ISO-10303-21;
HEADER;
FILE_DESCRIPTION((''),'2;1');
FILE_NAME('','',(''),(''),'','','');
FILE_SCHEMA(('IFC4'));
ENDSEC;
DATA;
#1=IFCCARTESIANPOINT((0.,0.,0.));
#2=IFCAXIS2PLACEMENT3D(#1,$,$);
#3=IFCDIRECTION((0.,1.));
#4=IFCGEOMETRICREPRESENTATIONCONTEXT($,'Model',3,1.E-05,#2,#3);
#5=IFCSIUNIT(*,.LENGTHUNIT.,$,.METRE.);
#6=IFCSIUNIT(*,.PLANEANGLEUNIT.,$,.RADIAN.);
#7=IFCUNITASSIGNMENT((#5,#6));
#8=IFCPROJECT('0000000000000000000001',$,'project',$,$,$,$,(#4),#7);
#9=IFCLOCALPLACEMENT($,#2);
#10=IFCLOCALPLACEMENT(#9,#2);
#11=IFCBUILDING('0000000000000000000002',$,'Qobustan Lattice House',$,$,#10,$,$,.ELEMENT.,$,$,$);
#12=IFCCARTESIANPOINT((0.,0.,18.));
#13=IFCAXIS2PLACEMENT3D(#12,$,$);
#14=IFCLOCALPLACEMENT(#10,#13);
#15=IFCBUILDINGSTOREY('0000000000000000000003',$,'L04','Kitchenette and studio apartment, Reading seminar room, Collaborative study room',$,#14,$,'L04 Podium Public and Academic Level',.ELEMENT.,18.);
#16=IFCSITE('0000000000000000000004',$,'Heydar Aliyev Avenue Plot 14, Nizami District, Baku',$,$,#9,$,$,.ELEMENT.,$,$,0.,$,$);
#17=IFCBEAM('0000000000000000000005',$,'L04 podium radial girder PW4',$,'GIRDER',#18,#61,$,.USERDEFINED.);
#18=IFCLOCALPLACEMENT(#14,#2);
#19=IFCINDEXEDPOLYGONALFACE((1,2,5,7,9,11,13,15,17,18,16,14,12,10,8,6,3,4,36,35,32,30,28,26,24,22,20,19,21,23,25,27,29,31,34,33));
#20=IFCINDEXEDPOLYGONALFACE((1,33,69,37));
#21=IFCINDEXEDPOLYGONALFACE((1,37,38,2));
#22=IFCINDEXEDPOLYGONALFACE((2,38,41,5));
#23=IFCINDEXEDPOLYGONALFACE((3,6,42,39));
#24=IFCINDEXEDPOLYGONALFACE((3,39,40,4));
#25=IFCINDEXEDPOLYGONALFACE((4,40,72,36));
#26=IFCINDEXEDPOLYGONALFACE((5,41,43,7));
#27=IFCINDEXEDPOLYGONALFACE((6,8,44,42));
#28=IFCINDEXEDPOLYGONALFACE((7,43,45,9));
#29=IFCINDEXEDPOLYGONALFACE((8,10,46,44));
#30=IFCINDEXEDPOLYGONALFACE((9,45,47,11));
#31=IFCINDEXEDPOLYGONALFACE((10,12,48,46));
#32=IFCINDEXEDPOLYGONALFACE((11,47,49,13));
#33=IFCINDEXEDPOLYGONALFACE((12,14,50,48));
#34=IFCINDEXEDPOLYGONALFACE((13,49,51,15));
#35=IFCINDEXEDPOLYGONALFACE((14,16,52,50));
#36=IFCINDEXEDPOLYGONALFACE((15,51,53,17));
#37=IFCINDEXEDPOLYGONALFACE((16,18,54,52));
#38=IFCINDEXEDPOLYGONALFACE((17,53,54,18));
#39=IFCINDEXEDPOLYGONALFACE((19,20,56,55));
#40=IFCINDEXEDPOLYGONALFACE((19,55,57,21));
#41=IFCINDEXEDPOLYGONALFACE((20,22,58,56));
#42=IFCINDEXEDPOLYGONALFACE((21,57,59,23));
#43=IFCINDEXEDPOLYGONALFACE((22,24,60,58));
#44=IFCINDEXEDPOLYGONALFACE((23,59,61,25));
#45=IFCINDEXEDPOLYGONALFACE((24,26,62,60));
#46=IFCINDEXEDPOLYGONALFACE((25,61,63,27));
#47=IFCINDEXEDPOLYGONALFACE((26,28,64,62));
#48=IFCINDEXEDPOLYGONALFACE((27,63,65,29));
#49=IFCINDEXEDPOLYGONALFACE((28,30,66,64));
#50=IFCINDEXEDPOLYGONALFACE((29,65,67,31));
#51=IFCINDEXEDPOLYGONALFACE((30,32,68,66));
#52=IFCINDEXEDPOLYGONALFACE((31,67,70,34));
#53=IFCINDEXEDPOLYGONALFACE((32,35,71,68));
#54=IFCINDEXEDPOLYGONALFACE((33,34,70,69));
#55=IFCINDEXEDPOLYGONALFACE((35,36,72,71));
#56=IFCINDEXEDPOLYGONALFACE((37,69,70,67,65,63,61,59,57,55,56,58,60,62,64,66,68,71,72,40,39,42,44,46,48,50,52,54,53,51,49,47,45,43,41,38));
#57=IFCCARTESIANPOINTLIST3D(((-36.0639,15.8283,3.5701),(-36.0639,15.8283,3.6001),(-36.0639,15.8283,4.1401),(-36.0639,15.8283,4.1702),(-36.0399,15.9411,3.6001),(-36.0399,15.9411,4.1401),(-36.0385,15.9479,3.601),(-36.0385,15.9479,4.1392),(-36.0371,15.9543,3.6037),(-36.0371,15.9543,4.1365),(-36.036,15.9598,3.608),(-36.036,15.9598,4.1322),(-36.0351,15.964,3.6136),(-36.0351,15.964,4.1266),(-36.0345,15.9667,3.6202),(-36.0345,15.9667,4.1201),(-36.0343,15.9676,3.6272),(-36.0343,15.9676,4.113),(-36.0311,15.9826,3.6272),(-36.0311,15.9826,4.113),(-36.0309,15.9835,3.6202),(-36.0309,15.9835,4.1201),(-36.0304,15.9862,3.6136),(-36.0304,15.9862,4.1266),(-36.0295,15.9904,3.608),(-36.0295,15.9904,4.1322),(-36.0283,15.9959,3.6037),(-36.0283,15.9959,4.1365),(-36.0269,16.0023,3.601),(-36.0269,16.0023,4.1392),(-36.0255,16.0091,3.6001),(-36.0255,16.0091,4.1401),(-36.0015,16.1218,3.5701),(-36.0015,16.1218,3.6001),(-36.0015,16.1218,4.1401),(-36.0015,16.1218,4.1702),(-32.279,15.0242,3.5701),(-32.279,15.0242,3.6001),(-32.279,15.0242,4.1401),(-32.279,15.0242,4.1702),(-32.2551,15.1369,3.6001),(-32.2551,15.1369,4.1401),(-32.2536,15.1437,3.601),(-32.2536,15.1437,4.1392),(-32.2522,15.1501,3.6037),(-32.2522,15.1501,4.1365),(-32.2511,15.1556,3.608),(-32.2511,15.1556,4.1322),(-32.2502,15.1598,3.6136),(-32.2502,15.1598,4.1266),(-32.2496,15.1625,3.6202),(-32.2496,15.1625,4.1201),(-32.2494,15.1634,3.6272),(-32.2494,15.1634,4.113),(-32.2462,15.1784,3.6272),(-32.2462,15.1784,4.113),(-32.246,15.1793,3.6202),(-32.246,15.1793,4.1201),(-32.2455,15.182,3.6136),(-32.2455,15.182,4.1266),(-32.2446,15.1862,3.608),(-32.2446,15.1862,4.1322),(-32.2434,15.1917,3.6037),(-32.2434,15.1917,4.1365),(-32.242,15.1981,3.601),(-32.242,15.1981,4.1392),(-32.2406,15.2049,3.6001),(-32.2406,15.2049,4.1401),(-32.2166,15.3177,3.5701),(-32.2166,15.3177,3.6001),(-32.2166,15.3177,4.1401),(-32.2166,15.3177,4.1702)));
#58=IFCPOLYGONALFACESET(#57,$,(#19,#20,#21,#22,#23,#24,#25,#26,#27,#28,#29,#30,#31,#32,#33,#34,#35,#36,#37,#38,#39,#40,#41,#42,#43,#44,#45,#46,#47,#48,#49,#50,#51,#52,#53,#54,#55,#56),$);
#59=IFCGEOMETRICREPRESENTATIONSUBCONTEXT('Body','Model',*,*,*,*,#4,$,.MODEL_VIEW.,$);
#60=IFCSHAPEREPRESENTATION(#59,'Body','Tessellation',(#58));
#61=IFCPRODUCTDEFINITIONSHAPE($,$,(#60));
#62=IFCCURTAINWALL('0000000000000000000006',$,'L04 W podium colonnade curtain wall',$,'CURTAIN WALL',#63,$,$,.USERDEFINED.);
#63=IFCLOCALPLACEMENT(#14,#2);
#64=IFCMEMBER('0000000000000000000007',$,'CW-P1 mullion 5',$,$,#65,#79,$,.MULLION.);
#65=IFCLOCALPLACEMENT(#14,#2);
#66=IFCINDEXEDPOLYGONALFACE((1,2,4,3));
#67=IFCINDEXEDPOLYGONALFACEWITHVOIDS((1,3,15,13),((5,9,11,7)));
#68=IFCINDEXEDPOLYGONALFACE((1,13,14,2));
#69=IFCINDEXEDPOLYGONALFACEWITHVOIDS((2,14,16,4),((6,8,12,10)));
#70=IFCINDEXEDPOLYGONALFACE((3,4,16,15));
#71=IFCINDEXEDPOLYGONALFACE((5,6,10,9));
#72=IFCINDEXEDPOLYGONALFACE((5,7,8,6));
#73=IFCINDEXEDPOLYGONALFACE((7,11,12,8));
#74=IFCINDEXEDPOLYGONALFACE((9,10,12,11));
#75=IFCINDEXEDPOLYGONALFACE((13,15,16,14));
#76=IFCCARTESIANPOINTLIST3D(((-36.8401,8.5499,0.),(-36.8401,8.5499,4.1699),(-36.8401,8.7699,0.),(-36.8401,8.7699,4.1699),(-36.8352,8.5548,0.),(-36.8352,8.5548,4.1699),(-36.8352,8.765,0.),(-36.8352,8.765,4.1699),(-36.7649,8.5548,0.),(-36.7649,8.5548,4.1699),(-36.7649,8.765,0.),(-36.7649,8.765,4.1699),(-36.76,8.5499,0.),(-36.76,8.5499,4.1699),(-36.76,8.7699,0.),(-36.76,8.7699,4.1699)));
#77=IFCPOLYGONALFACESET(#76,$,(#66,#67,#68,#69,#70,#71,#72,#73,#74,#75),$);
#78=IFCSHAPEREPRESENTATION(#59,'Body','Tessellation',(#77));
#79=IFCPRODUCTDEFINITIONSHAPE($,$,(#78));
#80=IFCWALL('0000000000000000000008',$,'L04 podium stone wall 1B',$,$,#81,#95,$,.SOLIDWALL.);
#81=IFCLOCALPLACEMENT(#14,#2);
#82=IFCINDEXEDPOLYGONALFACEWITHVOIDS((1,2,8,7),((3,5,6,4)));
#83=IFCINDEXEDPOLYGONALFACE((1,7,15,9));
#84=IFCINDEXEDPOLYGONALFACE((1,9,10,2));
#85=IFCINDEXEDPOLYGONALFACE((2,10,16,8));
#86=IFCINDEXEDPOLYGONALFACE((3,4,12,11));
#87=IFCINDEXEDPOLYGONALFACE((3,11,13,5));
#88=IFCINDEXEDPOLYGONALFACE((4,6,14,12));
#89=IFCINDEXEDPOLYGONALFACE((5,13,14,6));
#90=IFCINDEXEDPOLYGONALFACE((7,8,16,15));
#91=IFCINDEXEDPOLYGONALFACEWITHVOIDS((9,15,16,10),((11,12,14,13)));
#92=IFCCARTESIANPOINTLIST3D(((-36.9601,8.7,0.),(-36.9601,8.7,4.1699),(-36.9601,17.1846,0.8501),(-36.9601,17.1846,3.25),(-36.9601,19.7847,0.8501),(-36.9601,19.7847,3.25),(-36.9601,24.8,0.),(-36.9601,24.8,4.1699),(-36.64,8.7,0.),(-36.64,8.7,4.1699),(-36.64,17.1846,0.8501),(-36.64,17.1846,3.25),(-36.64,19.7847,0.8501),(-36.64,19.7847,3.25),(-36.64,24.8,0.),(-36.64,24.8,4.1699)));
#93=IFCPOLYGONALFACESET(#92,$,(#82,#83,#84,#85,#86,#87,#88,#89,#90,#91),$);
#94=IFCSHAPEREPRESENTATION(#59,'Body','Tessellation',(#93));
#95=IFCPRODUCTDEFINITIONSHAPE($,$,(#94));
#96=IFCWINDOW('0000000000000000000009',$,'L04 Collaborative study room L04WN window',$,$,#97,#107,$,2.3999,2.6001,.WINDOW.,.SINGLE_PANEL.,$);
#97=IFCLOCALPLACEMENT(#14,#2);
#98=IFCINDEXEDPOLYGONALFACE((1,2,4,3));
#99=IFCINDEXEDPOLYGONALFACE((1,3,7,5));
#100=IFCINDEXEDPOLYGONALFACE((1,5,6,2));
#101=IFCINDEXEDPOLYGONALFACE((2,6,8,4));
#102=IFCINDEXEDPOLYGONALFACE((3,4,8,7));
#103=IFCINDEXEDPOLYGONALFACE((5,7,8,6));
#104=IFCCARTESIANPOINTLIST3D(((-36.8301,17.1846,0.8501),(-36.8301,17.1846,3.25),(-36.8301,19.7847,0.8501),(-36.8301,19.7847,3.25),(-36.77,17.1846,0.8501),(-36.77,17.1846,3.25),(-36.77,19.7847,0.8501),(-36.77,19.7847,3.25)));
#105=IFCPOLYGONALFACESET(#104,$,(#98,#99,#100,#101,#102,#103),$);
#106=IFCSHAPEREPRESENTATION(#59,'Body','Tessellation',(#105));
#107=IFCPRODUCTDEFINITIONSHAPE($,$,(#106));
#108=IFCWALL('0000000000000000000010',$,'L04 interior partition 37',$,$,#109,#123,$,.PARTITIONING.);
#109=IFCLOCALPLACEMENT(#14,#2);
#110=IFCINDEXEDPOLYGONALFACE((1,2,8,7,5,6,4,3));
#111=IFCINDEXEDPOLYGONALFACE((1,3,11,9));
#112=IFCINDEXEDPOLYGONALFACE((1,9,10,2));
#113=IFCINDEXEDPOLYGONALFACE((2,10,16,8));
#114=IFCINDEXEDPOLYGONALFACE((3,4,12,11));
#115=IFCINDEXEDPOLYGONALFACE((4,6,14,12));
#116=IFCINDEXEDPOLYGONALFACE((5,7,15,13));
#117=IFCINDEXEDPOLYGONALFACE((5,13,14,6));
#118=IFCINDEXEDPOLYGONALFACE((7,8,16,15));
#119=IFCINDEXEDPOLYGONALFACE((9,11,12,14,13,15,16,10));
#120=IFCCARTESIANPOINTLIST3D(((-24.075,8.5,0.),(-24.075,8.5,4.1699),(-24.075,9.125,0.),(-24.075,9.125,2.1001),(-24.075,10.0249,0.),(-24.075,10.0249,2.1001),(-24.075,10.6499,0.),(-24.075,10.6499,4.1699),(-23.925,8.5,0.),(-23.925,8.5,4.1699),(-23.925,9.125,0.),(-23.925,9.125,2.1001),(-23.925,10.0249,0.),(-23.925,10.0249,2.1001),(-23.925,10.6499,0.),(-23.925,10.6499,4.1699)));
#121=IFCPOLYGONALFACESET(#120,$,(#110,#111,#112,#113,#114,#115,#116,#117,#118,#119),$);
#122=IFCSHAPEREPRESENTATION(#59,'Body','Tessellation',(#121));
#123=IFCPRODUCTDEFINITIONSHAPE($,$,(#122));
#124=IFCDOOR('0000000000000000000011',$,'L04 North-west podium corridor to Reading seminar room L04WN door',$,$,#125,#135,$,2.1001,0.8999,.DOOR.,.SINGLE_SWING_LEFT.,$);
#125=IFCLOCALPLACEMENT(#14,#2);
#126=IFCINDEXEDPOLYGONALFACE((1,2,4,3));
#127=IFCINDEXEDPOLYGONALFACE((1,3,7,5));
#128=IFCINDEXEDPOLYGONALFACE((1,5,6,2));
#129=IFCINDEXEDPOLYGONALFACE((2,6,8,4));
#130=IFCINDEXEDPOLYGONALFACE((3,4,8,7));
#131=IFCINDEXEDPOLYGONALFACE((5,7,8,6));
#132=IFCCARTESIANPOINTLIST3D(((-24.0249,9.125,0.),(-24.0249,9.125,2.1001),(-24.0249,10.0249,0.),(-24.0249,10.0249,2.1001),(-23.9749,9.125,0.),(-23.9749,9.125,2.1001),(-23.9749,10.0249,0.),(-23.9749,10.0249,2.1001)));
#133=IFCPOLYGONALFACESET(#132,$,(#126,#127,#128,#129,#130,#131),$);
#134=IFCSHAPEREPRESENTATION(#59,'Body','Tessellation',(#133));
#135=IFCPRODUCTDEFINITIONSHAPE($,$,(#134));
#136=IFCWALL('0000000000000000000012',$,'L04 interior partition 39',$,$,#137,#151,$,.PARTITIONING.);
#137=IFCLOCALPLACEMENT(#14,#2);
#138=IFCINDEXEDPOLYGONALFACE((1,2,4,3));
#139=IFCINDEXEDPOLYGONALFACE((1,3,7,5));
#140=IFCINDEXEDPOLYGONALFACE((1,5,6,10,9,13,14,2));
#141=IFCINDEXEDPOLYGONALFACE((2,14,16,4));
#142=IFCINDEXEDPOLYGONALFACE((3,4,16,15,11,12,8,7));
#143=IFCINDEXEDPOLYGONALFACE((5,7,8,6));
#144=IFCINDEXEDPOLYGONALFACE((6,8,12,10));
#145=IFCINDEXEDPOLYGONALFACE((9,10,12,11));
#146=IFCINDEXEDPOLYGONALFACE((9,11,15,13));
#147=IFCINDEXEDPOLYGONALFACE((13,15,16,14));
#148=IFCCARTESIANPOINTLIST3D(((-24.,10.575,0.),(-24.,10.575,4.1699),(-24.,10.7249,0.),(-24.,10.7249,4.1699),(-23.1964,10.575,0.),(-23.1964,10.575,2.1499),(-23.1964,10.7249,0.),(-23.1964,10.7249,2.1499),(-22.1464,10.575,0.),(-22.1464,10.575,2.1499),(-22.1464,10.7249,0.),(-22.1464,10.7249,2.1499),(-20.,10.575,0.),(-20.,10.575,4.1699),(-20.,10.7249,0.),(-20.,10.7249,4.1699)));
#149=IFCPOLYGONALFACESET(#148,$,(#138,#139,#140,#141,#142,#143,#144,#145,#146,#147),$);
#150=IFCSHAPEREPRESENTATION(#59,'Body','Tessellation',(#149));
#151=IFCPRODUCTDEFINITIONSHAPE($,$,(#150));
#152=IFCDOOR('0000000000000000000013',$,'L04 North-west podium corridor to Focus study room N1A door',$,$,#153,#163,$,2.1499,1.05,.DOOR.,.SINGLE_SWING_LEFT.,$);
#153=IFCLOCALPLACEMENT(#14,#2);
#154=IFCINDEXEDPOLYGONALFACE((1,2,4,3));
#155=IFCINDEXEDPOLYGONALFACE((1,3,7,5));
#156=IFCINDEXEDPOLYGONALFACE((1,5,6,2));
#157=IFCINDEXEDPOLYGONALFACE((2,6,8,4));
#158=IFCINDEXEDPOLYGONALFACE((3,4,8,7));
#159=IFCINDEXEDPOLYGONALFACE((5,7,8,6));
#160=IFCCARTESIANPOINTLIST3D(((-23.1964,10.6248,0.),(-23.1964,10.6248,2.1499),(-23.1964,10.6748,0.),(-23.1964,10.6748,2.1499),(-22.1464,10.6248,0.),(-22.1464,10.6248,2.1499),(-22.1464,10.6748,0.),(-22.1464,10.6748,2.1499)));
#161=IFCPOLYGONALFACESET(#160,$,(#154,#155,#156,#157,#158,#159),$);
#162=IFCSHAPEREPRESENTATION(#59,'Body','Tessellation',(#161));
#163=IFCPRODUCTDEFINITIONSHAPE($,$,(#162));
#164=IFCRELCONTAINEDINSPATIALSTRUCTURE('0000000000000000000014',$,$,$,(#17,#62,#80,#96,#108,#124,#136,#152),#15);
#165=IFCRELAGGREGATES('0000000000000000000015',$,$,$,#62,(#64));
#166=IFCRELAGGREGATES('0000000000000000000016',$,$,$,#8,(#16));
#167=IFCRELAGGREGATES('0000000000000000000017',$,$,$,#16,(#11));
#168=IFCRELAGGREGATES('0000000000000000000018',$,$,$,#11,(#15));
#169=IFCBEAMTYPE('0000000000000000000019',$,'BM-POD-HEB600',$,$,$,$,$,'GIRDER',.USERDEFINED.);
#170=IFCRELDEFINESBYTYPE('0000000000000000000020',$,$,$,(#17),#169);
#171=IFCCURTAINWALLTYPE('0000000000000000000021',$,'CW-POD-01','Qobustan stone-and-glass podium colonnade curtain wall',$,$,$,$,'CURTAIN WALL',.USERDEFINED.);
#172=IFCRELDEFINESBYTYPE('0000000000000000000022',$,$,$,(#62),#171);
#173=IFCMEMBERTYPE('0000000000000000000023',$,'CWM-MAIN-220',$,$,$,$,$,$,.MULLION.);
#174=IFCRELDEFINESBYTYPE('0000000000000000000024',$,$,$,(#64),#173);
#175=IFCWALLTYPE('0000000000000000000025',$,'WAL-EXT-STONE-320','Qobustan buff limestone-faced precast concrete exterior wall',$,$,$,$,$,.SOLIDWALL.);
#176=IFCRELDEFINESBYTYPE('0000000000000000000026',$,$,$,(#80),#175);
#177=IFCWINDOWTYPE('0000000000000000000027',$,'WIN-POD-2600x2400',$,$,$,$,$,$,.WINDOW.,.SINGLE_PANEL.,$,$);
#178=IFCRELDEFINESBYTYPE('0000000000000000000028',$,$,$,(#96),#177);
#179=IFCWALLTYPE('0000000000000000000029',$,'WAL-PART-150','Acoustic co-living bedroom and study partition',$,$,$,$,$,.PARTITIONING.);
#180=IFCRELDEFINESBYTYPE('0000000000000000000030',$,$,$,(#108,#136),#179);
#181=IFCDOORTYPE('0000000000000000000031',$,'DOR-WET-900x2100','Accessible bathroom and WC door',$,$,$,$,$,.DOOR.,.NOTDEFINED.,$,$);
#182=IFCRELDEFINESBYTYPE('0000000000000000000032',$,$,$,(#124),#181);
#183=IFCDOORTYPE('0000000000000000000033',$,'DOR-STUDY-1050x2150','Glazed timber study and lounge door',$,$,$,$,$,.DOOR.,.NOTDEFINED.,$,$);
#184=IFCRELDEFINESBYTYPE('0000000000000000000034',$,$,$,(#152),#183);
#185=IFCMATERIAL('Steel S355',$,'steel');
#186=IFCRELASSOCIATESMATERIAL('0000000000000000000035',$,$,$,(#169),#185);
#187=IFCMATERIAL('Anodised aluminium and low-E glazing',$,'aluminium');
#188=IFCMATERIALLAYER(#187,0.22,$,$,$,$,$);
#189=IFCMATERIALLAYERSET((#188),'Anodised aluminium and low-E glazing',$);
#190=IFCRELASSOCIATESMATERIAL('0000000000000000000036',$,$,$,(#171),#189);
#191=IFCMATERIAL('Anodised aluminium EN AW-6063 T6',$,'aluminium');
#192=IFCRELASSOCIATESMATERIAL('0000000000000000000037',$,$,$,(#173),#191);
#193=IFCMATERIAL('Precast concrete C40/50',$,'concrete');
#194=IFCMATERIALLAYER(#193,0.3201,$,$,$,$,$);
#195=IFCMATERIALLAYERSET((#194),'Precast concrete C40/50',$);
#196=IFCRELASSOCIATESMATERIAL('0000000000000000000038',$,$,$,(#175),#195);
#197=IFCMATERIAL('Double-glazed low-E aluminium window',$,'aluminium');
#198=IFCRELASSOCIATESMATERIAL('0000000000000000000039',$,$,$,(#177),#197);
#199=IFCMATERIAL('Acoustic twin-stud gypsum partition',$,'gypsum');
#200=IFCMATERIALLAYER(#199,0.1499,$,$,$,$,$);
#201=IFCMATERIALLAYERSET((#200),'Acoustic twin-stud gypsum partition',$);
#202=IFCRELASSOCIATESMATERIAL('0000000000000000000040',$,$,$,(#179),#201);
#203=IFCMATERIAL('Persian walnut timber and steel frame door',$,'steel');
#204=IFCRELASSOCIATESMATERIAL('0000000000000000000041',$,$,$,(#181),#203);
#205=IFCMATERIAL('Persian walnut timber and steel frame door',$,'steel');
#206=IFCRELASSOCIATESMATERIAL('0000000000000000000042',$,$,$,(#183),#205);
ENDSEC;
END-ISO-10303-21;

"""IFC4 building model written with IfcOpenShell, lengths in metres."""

from ifc_helpers import new_model, si_unit, direction, frame, frame_2d, origin, origin_2d, place, context, subcontext, project, spatial, rectangle, hollow_rectangle, i_section, extrude, material, layer, layer_set, material_profile, profile_set, type_object, element, fill, aggregate, save


model = new_model("IFC4")

# Units and contexts
model_context = context("Model", 3, precision=1e-05, world=origin(), true_north=direction((0.0, 1.0)))
body_context = subcontext(model_context, "Body", "Model", "MODEL_VIEW")
ifc_project = project(units=[si_unit("LENGTHUNIT", "METRE"), si_unit("PLANEANGLEUNIT", "RADIAN")], contexts=[model_context])

# Site, building, storey
site_placement = place(None, origin())
site = spatial("IfcSite", under=ifc_project, at=site_placement, Name="Heydar Aliyev Avenue Plot 14, Nizami District, Baku", CompositionType="ELEMENT", RefElevation=0.0)
building_placement = place(site_placement, origin())
building = spatial("IfcBuilding", under=site, at=building_placement, Name="Qobustan Lattice House", CompositionType="ELEMENT")
storey_placement = place(building_placement, frame((0.0, 0.0, 18.0)))
storey = spatial("IfcBuildingStorey", under=building, at=storey_placement, Name="L04", Description="Kitchenette and studio apartment, Reading seminar room, Collaborative study room", LongName="L04 Podium Public and Academic Level", CompositionType="ELEMENT", Elevation=18.0)

# Beam
ifc_material_1 = material(Name="Steel S355", Category="steel")
ifc_material_profile_1 = material_profile(ifc_material_1, i_section(OverallWidth=0.3, OverallDepth=0.6001, WebThickness=0.0154, FlangeThickness=0.03, FilletRadius=0.0271, at=origin_2d()), Name="HEB600")
ifc_profile_set_1 = profile_set([ifc_material_profile_1], Name="Steel S355")
beam_type_1 = type_object("IfcBeamType", Name="BM-POD-HEB600", ElementType="GIRDER", PredefinedType="USERDEFINED", material=ifc_profile_set_1)
beam_1_placement = place(storey_placement, frame((-36.0327, 15.9751, 3.8701), z_axis=(0.978164, -0.207835, 0.0), x_axis=(0.207835, 0.978164, 0.0)))
element("IfcBeam", 1, at=beam_1_placement, inside=storey, type_object=beam_type_1, Name="L04 podium radial girder PW4", ObjectType="GIRDER", PredefinedType="USERDEFINED", context=body_context, shape_type="SweptSolid", body=[
    extrude(i_section(OverallWidth=0.3, OverallDepth=0.6001, WebThickness=0.0154, FlangeThickness=0.03, FilletRadius=0.0271, at=origin_2d()), origin(), (0.0, 0.0, 1.0), 3.8694),
])

# Curtain wall, member
ifc_material_2 = material(Name="Anodised aluminium and low-E glazing", Category="aluminium")
ifc_layer_1 = layer(ifc_material_2, 0.22)
ifc_layer_set_1 = layer_set([ifc_layer_1], Name="Anodised aluminium and low-E glazing")
curtain_wall_type = type_object("IfcCurtainWallType", Name="CW-POD-01", Description="Qobustan stone-and-glass podium colonnade curtain wall", ElementType="CURTAIN WALL", PredefinedType="USERDEFINED", material=ifc_layer_set_1)
curtain_wall_placement = place(storey_placement, origin())
curtain_wall = element("IfcCurtainWall", 2, at=curtain_wall_placement, inside=storey, type_object=curtain_wall_type, Name="L04 W podium colonnade curtain wall", ObjectType="CURTAIN WALL", PredefinedType="USERDEFINED")
ifc_material_3 = material(Name="Anodised aluminium EN AW-6063 T6", Category="aluminium")
ifc_material_profile_2 = material_profile(ifc_material_3, hollow_rectangle(XDim=0.0801, YDim=0.22, WallThickness=0.0049, at=origin_2d()), Name="CWM-220x80")
ifc_profile_set_2 = profile_set([ifc_material_profile_2], Name="Anodised aluminium EN AW-6063 T6")
member_type = type_object("IfcMemberType", Name="CWM-MAIN-220", PredefinedType="MULLION", material=ifc_profile_set_2)
member_placement = place(storey_placement, frame((-36.8, 8.6599, 0.0), z_axis=(0.0, 0.0, 1.0), x_axis=(-1.0, 0.0, 0.0)))
member = element("IfcMember", 3, at=member_placement, type_object=member_type, Name="CW-P1 mullion 5", PredefinedType="MULLION", context=body_context, shape_type="SweptSolid", body=[
    extrude(hollow_rectangle(XDim=0.0801, YDim=0.22, WallThickness=0.0049, at=origin_2d()), origin(), (0.0, 0.0, 1.0), 4.1699),
])
aggregate(curtain_wall, [member])

# Wall, opening, window
ifc_material_4 = material(Name="Precast concrete C40/50", Category="concrete")
ifc_layer_2 = layer(ifc_material_4, 0.3201)
ifc_layer_set_2 = layer_set([ifc_layer_2], Name="Precast concrete C40/50")
wall_type_1 = type_object("IfcWallType", Name="WAL-EXT-STONE-320", Description="Qobustan buff limestone-faced precast concrete exterior wall", PredefinedType="SOLIDWALL", material=ifc_layer_set_2)
wall_1_placement = place(storey_placement, frame((-36.8, 8.7, 0.0), z_axis=(0.0, 0.0, 1.0), x_axis=(0.0, 1.0, 0.0)))
wall_1 = element("IfcWall", 4, at=wall_1_placement, inside=storey, type_object=wall_type_1, Name="L04 podium stone wall 1B", PredefinedType="SOLIDWALL", context=body_context, shape_type="SweptSolid", body=[
    extrude(rectangle(XDim=16.1001, YDim=0.3201, at=frame_2d((8.05, 0.0))), origin(), (0.0, 0.0, 1.0), 4.1699),
])
opening_1_placement = place(wall_1_placement, frame((8.4846, 0.0, 0.8501)))
opening_1 = element("IfcOpeningElement", 5, at=opening_1_placement, cuts=wall_1, PredefinedType="OPENING", context=body_context, shape_type="SweptSolid", body=[
    extrude(rectangle(XDim=2.6001, YDim=2.3999, at=frame_2d((1.3, 1.2))), frame((0.0, 0.1699, 0.0), z_axis=(0.0, -1.0, 0.0), x_axis=(1.0, 0.0, 0.0)), (0.0, 0.0, 1.0), 0.3401),
])
ifc_material_5 = material(Name="Double-glazed low-E aluminium window", Category="aluminium")
window_type = type_object("IfcWindowType", Name="WIN-POD-2600x2400", PartitioningType="SINGLE_PANEL", PredefinedType="WINDOW", material=ifc_material_5)
window_placement = place(opening_1_placement, origin())
window = element("IfcWindow", 6, at=window_placement, inside=storey, type_object=window_type, Name="L04 Collaborative study room L04WN window", OverallHeight=2.3999, OverallWidth=2.6001, PartitioningType="SINGLE_PANEL", PredefinedType="WINDOW", context=body_context, shape_type="SweptSolid", body=[
    extrude(rectangle(XDim=2.6001, YDim=2.3999, at=frame_2d((1.3, 1.2))), frame((0.0, 0.03, 0.0), z_axis=(0.0, -1.0, 0.0), x_axis=(1.0, 0.0, 0.0)), (0.0, 0.0, 1.0), 0.0601),
])
fill(opening_1, window)

# Walls, openings, doors
ifc_material_6 = material(Name="Acoustic twin-stud gypsum partition", Category="gypsum")
ifc_layer_3 = layer(ifc_material_6, 0.1499)
ifc_layer_set_3 = layer_set([ifc_layer_3], Name="Acoustic twin-stud gypsum partition")
wall_type_2 = type_object("IfcWallType", Name="WAL-PART-150", Description="Acoustic co-living bedroom and study partition", PredefinedType="PARTITIONING", material=ifc_layer_set_3)
wall_2_placement = place(storey_placement, frame((-24.0, 8.5, 0.0), z_axis=(0.0, 0.0, 1.0), x_axis=(0.0, 1.0, 0.0)))
wall_2 = element("IfcWall", 7, at=wall_2_placement, inside=storey, type_object=wall_type_2, Name="L04 interior partition 37", PredefinedType="PARTITIONING", context=body_context, shape_type="SweptSolid", body=[
    extrude(rectangle(XDim=2.1499, YDim=0.1499, at=frame_2d((1.075, 0.0))), origin(), (0.0, 0.0, 1.0), 4.1699),
])
opening_2_placement = place(wall_2_placement, frame((0.625, 0.0, 0.0)))
opening_2 = element("IfcOpeningElement", 8, at=opening_2_placement, cuts=wall_2, PredefinedType="OPENING", context=body_context, shape_type="SweptSolid", body=[
    extrude(rectangle(XDim=0.8999, YDim=2.1001, at=frame_2d((0.45, 1.05))), frame((0.0, 0.085, 0.0), z_axis=(0.0, -1.0, 0.0), x_axis=(1.0, 0.0, 0.0)), (0.0, 0.0, 1.0), 0.1699),
])
ifc_material_7 = material(Name="Persian walnut timber and steel frame door", Category="steel")
door_type_1 = type_object("IfcDoorType", Name="DOR-WET-900x2100", Description="Accessible bathroom and WC door", OperationType="NOTDEFINED", PredefinedType="DOOR", material=ifc_material_7)
door_1_placement = place(opening_2_placement, origin())
door_1 = element("IfcDoor", 9, at=door_1_placement, inside=storey, type_object=door_type_1, Name="L04 North-west podium corridor to Reading seminar room L04WN door", OperationType="SINGLE_SWING_LEFT", OverallHeight=2.1001, OverallWidth=0.8999, PredefinedType="DOOR", context=body_context, shape_type="SweptSolid", body=[
    extrude(rectangle(XDim=0.8999, YDim=2.1001, at=frame_2d((0.45, 1.05))), frame((0.0, 0.0249, 0.0), z_axis=(0.0, -1.0, 0.0), x_axis=(1.0, 0.0, 0.0)), (0.0, 0.0, 1.0), 0.05),
])
fill(opening_2, door_1)
wall_3_placement = place(storey_placement, frame((-24.0, 10.6499, 0.0), z_axis=(0.0, 0.0, 1.0), x_axis=(1.0, 0.0, 0.0)))
wall_3 = element("IfcWall", 10, at=wall_3_placement, inside=storey, type_object=wall_type_2, Name="L04 interior partition 39", PredefinedType="PARTITIONING", context=body_context, shape_type="SweptSolid", body=[
    extrude(rectangle(XDim=4.0, YDim=0.1499, at=frame_2d((2.0, 0.0))), origin(), (0.0, 0.0, 1.0), 4.1699),
])
opening_3_placement = place(wall_3_placement, frame((0.8037, 0.0, 0.0)))
opening_3 = element("IfcOpeningElement", 11, at=opening_3_placement, cuts=wall_3, PredefinedType="OPENING", context=body_context, shape_type="SweptSolid", body=[
    extrude(rectangle(XDim=1.05, YDim=2.1499, at=frame_2d((0.5249, 1.075))), frame((0.0, 0.085, 0.0), z_axis=(0.0, -1.0, 0.0), x_axis=(1.0, 0.0, 0.0)), (0.0, 0.0, 1.0), 0.1699),
])
ifc_material_8 = material(Name="Persian walnut timber and steel frame door", Category="steel")
door_type_2 = type_object("IfcDoorType", Name="DOR-STUDY-1050x2150", Description="Glazed timber study and lounge door", OperationType="NOTDEFINED", PredefinedType="DOOR", material=ifc_material_8)
door_2_placement = place(opening_3_placement, origin())
door_2 = element("IfcDoor", 12, at=door_2_placement, inside=storey, type_object=door_type_2, Name="L04 North-west podium corridor to Focus study room N1A door", OperationType="SINGLE_SWING_LEFT", OverallHeight=2.1499, OverallWidth=1.05, PredefinedType="DOOR", context=body_context, shape_type="SweptSolid", body=[
    extrude(rectangle(XDim=1.05, YDim=2.1499, at=frame_2d((0.5249, 1.075))), frame((0.0, 0.0249, 0.0), z_axis=(0.0, -1.0, 0.0), x_axis=(1.0, 0.0, 0.0)), (0.0, 0.0, 1.0), 0.05),
])
fill(opening_3, door_2)

save(model, "model.ifc")
